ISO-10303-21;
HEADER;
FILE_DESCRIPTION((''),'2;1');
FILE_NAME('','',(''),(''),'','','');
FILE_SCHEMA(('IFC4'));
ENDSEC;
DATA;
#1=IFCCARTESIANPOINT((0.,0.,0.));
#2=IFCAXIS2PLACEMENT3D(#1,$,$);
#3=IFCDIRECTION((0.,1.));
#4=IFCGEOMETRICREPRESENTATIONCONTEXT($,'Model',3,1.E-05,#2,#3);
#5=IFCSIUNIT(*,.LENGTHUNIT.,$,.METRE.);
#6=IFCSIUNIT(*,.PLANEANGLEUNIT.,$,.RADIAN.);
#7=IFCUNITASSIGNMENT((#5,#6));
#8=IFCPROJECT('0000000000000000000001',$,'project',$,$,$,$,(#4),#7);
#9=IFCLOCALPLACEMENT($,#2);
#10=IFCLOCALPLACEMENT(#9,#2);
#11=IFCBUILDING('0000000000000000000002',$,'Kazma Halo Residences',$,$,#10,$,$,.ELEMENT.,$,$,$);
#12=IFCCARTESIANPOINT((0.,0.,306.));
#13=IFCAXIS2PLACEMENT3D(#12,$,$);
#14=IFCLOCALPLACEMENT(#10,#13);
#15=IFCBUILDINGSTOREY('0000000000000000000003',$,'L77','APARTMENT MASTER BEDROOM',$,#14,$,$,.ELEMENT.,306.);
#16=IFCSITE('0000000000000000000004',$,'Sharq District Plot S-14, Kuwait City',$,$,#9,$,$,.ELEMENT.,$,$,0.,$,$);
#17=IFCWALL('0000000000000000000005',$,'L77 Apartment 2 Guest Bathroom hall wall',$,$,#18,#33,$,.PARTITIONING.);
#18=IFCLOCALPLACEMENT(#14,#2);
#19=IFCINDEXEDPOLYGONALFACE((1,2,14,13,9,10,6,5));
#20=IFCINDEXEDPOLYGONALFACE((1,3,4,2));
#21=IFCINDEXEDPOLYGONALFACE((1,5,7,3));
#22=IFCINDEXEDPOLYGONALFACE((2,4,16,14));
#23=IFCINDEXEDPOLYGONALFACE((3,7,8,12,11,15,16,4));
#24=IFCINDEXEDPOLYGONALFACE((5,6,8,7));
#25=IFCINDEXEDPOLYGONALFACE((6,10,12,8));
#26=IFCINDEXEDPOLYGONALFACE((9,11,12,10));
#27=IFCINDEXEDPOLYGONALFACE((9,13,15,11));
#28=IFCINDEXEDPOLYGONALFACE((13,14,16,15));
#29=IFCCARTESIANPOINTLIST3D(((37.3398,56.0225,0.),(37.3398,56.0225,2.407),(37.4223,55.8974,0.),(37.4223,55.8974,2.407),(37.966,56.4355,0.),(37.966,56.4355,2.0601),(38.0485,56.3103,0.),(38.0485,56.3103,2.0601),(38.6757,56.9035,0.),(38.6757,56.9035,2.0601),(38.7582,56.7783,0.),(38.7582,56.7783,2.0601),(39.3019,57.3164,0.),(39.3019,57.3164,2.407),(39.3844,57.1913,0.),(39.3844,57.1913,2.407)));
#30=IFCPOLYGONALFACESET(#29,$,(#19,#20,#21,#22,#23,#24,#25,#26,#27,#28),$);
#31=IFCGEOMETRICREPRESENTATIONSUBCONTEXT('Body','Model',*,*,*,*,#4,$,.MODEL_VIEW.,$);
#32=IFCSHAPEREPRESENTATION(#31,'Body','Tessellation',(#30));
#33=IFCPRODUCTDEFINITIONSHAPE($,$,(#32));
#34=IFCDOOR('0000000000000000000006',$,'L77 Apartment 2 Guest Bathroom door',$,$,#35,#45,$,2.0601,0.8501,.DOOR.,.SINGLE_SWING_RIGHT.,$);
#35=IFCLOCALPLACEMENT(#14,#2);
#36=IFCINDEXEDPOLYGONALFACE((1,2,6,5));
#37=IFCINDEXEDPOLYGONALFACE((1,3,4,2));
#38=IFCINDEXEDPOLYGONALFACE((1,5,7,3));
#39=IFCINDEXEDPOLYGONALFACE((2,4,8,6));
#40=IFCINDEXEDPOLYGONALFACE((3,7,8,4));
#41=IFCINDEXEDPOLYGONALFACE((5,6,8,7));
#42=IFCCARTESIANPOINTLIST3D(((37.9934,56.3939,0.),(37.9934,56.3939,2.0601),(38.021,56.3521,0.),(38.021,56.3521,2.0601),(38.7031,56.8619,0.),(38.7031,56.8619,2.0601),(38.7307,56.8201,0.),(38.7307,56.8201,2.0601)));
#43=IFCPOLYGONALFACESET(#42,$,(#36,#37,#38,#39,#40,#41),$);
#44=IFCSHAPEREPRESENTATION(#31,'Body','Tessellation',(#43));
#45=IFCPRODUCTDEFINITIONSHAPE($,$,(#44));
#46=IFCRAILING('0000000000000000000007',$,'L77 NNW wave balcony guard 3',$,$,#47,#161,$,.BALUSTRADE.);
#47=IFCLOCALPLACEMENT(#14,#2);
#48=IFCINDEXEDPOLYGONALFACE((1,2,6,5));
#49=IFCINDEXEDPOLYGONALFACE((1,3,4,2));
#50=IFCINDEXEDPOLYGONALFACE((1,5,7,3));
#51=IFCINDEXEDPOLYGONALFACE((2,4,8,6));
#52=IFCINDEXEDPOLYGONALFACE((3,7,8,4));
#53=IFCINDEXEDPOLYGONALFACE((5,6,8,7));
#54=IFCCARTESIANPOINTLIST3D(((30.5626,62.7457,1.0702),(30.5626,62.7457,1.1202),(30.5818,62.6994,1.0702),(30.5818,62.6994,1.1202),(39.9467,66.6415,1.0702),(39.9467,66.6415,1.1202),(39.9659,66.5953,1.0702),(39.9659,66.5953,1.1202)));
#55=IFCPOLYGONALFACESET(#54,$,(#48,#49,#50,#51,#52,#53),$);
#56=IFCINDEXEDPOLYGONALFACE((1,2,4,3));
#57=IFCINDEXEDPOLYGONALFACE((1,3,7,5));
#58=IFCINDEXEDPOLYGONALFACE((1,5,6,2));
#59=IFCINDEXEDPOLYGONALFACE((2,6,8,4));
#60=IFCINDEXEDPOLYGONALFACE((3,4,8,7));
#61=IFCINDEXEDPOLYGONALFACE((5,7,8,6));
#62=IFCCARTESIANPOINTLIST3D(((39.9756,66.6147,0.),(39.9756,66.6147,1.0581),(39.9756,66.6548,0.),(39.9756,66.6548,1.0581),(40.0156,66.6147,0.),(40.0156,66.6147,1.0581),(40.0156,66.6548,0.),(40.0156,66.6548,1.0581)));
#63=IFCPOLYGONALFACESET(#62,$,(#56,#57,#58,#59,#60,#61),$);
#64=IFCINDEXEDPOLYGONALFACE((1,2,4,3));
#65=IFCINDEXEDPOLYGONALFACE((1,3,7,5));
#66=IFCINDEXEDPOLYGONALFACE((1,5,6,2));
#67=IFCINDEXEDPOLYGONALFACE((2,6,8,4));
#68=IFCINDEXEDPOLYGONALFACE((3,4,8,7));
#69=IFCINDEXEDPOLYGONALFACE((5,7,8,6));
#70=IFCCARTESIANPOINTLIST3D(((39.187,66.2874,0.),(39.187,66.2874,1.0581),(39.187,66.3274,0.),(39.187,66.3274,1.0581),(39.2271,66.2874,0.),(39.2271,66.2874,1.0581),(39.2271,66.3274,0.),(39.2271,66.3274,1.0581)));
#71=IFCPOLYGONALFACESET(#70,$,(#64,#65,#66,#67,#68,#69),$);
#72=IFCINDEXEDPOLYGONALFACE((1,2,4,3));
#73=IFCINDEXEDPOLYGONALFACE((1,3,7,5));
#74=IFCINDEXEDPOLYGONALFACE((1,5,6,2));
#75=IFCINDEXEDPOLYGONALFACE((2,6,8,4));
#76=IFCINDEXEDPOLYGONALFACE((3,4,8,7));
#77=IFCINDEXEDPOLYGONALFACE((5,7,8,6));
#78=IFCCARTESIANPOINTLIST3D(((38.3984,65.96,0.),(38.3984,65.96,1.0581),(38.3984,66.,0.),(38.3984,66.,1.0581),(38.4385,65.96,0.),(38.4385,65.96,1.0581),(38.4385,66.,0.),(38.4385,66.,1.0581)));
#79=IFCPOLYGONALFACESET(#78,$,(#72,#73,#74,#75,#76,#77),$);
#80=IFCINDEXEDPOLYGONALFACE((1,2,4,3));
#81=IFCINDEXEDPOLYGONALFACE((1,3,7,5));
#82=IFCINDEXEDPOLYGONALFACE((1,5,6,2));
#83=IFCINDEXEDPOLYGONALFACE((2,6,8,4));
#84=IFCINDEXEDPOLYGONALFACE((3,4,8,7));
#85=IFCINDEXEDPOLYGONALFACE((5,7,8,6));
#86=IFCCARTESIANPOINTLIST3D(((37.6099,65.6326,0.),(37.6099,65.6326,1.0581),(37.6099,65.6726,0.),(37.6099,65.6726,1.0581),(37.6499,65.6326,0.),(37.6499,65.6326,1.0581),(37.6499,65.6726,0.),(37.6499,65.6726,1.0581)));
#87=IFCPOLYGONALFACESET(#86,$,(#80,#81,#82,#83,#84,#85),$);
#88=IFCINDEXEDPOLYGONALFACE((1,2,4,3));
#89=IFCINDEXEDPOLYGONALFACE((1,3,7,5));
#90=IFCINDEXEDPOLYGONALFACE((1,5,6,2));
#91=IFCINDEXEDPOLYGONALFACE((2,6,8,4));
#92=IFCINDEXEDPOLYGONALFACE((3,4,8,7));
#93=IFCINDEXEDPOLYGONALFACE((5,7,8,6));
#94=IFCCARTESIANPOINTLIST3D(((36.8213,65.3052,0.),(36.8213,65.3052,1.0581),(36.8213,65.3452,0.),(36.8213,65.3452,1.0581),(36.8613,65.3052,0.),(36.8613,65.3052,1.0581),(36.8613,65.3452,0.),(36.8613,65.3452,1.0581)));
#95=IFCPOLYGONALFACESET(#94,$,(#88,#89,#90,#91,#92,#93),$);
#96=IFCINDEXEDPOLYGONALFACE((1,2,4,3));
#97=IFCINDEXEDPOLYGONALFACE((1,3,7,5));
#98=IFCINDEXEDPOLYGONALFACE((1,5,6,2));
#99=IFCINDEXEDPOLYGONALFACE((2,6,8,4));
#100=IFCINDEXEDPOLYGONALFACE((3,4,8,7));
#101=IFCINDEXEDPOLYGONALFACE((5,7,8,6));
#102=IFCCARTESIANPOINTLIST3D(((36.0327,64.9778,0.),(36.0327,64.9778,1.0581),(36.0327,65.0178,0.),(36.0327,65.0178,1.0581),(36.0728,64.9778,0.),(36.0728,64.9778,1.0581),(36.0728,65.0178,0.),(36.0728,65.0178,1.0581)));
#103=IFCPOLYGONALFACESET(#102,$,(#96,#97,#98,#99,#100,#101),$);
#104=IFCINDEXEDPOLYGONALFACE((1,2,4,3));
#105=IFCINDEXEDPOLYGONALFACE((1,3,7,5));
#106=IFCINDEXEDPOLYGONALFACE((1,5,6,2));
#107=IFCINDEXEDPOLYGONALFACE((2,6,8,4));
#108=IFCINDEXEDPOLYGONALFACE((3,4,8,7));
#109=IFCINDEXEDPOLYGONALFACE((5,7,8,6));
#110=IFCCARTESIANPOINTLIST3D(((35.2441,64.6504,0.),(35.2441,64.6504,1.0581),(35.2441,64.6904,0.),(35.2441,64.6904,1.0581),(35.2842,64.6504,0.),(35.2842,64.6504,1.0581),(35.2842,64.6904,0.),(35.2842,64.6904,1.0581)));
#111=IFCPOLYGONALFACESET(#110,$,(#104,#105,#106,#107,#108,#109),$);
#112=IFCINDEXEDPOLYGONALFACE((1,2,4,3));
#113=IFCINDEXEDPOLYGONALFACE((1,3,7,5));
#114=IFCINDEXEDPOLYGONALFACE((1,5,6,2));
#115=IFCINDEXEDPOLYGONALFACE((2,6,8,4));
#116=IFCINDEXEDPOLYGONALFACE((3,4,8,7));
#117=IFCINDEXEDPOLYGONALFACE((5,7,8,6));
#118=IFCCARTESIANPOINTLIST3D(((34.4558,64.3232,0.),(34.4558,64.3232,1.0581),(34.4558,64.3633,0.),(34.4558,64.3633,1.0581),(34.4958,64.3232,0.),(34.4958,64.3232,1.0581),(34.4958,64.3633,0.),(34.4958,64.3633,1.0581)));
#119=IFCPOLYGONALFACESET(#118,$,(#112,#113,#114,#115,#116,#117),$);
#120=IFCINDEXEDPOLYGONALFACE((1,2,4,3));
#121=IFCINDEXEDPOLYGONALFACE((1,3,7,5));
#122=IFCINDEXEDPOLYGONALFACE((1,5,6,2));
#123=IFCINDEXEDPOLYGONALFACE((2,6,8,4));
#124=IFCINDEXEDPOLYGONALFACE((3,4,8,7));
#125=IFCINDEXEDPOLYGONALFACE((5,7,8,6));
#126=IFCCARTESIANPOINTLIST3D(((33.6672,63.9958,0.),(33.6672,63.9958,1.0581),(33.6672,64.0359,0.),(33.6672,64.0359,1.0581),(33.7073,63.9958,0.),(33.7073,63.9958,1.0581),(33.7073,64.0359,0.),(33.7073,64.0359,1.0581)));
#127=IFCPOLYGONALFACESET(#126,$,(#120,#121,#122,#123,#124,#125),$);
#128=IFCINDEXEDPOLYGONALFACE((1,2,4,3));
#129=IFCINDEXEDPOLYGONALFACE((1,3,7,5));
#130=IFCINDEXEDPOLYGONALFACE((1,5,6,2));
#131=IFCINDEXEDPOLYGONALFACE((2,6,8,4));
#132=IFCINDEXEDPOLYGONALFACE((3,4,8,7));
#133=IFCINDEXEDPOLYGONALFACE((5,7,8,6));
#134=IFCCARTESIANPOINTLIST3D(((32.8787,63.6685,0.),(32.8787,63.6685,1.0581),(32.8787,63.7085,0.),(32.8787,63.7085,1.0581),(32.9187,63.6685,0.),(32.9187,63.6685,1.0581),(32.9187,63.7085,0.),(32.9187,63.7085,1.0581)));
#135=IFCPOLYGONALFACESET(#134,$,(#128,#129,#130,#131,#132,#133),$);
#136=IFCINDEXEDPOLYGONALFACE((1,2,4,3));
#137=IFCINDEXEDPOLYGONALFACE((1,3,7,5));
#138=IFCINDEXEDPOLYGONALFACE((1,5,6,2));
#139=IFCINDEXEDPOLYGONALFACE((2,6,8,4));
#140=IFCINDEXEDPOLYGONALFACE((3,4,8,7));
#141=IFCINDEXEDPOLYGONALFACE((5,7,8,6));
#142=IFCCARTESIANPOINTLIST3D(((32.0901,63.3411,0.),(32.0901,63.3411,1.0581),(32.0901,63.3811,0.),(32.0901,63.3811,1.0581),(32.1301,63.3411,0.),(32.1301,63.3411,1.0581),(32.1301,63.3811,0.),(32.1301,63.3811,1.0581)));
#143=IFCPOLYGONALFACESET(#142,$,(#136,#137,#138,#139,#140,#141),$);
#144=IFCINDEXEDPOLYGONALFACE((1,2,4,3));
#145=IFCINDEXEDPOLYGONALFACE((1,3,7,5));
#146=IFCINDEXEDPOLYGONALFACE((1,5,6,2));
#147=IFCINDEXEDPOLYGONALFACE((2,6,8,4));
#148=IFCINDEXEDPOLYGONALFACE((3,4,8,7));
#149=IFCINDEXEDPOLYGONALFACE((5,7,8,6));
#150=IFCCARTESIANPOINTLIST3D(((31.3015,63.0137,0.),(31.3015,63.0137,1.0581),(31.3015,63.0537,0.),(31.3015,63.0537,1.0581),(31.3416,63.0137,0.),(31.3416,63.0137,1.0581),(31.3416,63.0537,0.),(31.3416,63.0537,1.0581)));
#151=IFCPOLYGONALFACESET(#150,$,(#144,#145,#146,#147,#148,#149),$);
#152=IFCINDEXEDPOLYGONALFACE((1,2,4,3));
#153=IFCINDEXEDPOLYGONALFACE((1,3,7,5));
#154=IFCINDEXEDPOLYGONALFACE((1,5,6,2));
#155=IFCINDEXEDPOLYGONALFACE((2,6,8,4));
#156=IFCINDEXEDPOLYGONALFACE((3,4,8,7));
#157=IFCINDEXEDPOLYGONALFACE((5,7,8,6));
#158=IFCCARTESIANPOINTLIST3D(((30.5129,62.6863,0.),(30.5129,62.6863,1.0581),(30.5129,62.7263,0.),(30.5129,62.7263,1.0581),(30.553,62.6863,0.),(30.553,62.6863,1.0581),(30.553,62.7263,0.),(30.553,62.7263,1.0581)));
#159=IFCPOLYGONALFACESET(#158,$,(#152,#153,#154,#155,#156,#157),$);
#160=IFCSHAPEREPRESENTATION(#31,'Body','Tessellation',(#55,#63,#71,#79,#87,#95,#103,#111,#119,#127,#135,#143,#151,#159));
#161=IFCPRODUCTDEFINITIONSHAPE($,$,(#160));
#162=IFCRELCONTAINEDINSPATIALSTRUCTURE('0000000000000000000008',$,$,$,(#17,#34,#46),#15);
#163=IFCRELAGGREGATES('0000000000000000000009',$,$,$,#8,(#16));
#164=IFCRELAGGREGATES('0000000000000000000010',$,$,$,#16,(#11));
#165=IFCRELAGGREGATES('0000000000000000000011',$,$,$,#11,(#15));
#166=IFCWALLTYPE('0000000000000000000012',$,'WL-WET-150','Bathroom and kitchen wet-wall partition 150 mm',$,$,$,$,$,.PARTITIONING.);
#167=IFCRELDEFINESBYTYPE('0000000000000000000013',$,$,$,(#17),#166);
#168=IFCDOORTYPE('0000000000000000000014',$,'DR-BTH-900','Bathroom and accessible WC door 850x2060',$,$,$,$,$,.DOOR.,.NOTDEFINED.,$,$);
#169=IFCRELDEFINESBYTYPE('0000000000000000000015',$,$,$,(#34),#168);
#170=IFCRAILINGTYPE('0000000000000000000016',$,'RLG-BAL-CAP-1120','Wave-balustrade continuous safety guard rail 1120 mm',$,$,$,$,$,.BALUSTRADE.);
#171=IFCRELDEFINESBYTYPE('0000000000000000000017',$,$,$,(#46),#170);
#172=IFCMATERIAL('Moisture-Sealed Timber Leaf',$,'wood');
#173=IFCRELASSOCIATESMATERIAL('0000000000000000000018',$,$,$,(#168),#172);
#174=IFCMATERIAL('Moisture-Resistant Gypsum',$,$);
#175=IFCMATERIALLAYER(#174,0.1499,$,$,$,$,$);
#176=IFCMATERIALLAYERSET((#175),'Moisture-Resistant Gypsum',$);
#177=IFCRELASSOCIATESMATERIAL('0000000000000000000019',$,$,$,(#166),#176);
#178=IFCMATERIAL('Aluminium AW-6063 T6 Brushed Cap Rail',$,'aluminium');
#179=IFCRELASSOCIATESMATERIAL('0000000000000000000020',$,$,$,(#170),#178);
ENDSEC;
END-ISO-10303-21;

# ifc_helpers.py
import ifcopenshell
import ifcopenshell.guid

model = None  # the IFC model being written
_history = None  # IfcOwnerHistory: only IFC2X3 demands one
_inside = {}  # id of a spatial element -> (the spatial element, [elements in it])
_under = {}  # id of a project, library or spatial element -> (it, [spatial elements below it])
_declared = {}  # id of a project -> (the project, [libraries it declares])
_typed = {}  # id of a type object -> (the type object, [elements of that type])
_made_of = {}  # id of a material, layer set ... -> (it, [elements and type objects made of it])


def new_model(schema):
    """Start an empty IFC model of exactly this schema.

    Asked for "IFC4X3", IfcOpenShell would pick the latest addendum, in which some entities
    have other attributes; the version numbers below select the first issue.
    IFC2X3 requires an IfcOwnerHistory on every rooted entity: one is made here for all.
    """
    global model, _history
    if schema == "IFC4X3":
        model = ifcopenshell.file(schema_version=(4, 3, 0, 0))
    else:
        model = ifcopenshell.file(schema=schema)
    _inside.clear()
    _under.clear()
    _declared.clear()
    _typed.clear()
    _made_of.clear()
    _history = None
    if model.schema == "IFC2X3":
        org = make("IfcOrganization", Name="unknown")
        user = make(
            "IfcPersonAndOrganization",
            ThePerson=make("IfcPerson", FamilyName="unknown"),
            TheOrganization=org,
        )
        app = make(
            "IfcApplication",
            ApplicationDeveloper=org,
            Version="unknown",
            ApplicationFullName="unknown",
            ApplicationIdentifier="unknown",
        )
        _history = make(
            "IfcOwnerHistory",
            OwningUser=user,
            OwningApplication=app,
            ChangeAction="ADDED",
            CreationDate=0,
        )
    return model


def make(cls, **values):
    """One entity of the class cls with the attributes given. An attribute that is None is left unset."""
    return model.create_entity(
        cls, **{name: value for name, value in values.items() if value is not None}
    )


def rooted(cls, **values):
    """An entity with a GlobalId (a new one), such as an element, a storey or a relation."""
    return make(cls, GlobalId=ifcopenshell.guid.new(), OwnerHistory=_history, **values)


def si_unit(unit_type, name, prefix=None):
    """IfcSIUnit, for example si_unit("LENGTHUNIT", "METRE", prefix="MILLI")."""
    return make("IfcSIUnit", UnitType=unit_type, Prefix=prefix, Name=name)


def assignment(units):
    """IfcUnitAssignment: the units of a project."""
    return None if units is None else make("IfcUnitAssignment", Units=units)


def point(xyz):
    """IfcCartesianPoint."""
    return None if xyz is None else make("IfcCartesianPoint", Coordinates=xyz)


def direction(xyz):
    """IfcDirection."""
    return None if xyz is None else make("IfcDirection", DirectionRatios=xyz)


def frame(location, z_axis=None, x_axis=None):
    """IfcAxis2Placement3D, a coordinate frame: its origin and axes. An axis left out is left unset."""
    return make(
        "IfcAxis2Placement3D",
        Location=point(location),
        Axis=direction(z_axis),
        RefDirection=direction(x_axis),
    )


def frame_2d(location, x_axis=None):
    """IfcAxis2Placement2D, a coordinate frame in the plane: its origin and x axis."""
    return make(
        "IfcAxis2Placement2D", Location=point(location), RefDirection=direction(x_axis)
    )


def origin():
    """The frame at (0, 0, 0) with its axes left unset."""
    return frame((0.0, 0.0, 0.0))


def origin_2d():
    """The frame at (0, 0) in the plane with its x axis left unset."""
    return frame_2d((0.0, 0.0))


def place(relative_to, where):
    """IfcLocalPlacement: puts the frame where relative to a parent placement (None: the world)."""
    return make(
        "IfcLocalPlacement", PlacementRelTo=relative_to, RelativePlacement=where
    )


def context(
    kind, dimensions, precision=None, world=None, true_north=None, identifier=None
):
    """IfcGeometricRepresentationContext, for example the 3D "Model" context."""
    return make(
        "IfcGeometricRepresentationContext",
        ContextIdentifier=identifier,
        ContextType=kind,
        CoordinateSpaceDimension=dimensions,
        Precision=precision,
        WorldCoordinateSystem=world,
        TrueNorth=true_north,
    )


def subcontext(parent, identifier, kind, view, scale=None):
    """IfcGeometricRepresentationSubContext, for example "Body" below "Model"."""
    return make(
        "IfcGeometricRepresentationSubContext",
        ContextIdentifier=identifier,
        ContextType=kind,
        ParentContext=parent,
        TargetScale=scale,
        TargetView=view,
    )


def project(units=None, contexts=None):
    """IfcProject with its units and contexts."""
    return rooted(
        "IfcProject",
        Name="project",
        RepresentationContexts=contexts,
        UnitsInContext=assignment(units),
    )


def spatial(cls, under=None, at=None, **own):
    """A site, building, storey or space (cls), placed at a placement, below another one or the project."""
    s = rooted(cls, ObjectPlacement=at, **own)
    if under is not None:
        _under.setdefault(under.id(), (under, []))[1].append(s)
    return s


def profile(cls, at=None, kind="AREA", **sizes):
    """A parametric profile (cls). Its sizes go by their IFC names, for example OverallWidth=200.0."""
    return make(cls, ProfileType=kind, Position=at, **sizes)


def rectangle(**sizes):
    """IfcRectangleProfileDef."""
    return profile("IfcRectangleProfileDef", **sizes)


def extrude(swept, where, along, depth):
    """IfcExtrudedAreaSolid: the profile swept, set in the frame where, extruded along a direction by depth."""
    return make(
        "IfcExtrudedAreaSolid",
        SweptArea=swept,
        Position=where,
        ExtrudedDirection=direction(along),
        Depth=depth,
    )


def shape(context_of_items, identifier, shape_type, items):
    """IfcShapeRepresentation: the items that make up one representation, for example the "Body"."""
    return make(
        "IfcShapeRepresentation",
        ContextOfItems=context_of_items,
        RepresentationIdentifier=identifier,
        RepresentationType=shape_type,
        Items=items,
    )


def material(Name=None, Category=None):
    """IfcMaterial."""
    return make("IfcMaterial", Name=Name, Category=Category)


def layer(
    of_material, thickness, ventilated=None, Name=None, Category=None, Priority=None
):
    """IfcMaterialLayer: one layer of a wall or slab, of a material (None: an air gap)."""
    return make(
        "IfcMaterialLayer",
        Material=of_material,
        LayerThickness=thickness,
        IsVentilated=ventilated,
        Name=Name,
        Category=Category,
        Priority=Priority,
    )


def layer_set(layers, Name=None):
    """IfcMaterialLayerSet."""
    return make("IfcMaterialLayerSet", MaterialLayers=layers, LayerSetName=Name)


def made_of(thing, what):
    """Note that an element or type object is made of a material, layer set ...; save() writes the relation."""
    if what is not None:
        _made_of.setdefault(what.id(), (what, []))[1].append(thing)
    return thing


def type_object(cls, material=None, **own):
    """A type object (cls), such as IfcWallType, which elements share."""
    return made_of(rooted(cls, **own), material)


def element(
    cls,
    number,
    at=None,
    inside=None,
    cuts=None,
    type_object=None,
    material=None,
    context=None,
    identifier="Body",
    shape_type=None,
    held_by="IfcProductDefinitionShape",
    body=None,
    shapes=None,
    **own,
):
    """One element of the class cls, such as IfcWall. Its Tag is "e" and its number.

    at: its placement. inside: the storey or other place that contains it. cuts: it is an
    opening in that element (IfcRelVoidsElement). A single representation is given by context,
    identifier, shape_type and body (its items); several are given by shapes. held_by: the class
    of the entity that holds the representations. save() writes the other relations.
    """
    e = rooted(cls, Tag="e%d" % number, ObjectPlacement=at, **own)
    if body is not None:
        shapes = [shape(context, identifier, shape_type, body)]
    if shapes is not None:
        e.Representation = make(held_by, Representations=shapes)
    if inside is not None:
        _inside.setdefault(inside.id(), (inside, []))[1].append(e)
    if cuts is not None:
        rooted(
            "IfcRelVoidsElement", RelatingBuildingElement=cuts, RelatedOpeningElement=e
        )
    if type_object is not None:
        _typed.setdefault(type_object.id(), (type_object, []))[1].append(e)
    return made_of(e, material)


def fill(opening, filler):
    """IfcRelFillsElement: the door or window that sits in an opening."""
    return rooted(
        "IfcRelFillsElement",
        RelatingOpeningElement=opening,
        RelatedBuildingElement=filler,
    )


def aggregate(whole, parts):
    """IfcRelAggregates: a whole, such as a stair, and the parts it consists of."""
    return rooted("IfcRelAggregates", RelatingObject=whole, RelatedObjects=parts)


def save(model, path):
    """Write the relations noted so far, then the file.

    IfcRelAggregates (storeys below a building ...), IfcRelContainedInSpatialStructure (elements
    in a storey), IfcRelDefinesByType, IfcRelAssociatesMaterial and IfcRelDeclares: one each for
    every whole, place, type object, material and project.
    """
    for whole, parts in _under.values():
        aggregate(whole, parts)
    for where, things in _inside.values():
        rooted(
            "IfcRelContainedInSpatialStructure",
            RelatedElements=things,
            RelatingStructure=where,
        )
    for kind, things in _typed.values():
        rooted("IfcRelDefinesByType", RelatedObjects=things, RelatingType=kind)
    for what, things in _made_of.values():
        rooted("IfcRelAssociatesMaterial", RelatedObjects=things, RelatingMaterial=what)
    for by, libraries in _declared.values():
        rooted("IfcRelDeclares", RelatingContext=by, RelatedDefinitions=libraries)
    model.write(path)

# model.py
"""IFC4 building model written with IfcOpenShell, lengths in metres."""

from ifc_helpers import new_model, si_unit, direction, frame, frame_2d, origin, origin_2d, place, context, subcontext, project, spatial, rectangle, extrude, material, layer, layer_set, type_object, element, fill, save


model = new_model("IFC4")

# Units and contexts
model_context = context("Model", 3, precision=1e-05, world=origin(), true_north=direction((0.0, 1.0)))
body_context = subcontext(model_context, "Body", "Model", "MODEL_VIEW")
ifc_project = project(units=[si_unit("LENGTHUNIT", "METRE"), si_unit("PLANEANGLEUNIT", "RADIAN")], contexts=[model_context])

# Site, building, storey
site_placement = place(None, origin())
site = spatial("IfcSite", under=ifc_project, at=site_placement, Name="Sharq District Plot S-14, Kuwait City", CompositionType="ELEMENT", RefElevation=0.0)
building_placement = place(site_placement, origin())
building = spatial("IfcBuilding", under=site, at=building_placement, Name="Kazma Halo Residences", CompositionType="ELEMENT")
storey_placement = place(building_placement, frame((0.0, 0.0, 306.0)))
storey = spatial("IfcBuildingStorey", under=building, at=storey_placement, Name="L77", Description="APARTMENT MASTER BEDROOM", CompositionType="ELEMENT", Elevation=306.0)

# Wall, opening, door
ifc_material_1 = material(Name="Moisture-Sealed Timber Leaf", Category="wood")
door_type_1 = type_object("IfcDoorType", Name="DR-BTH-900", Description="Bathroom and accessible WC door 850x2060", OperationType="NOTDEFINED", PredefinedType="DOOR", material=ifc_material_1)
ifc_material_2 = material(Name="Moisture-Resistant Gypsum")
ifc_layer_1 = layer(ifc_material_2, 0.1499)
ifc_layer_set_1 = layer_set([ifc_layer_1], Name="Moisture-Resistant Gypsum")
wall_type_1 = type_object("IfcWallType", Name="WL-WET-150", Description="Bathroom and kitchen wet-wall partition 150 mm", PredefinedType="PARTITIONING", material=ifc_layer_set_1)
wall_1_placement = place(storey_placement, frame((39.3433, 57.2539, 0.0), z_axis=(0.0, 0.0, 1.0), x_axis=(-0.83482, -0.550522, 0.0)))
wall_1 = element("IfcWall", 1, at=wall_1_placement, inside=storey, type_object=wall_type_1, Name="L77 Apartment 2 Guest Bathroom hall wall", PredefinedType="PARTITIONING", context=body_context, shape_type="SweptSolid", body=[
    extrude(rectangle(XDim=2.3503, YDim=0.1499, at=frame_2d((1.1753, 0.0))), origin(), (0.0, 0.0, 1.0), 2.407),
])
opening_1_placement = place(wall_1_placement, frame((0.7502, 0.0, 0.0)))
opening_1 = element("IfcOpeningElement", 2, at=opening_1_placement, cuts=wall_1, PredefinedType="OPENING", context=body_context, shape_type="SweptSolid", body=[
    extrude(rectangle(XDim=0.8501, YDim=2.0601, at=frame_2d((0.425, 1.03))), frame((0.0, 0.085, 0.0), z_axis=(0.0, -1.0, 0.0), x_axis=(1.0, 0.0, 0.0)), (0.0, 0.0, 1.0), 0.1699),
])
door_1_placement = place(opening_1_placement, origin())
door_1 = element("IfcDoor", 3, at=door_1_placement, inside=storey, type_object=door_type_1, Name="L77 Apartment 2 Guest Bathroom door", OperationType="SINGLE_SWING_RIGHT", OverallHeight=2.0601, OverallWidth=0.8501, PredefinedType="DOOR", context=body_context, shape_type="SweptSolid", body=[
    extrude(rectangle(XDim=0.8501, YDim=2.0601, at=frame_2d((0.425, 1.03))), frame((0.0, 0.0249, 0.0), z_axis=(0.0, -1.0, 0.0), x_axis=(1.0, 0.0, 0.0)), (0.0, 0.0, 1.0), 0.05),
])
fill(opening_1, door_1)

# Railing
ifc_material_3 = material(Name="Aluminium AW-6063 T6 Brushed Cap Rail", Category="aluminium")
railing_type = type_object("IfcRailingType", Name="RLG-BAL-CAP-1120", Description="Wave-balustrade continuous safety guard rail 1120 mm", PredefinedType="BALUSTRADE", material=ifc_material_3)
railing_placement = place(storey_placement, frame((39.9956, 66.6348, 0.0)))
element("IfcRailing", 4, at=railing_placement, inside=storey, type_object=railing_type, Name="L77 NNW wave balcony guard 3", PredefinedType="BALUSTRADE", context=body_context, shape_type="SweptSolid", body=[
    extrude(rectangle(XDim=0.05, YDim=0.05, at=origin_2d()), frame((-0.0393, -0.0164, 1.0952), z_axis=(-0.923572, -0.383426, 0.0), x_axis=(0.383426, -0.923572, 0.0)), (0.0, 0.0, 1.0), 10.1606),
    extrude(rectangle(XDim=0.04, YDim=0.04, at=origin_2d()), origin(), (0.0, 0.0, 1.0), 1.0581),
    extrude(rectangle(XDim=0.04, YDim=0.04, at=origin_2d()), frame((-0.7886, -0.3274, 0.0)), (0.0, 0.0, 1.0), 1.0581),
    extrude(rectangle(XDim=0.04, YDim=0.04, at=origin_2d()), frame((-1.5771, -0.6548, 0.0)), (0.0, 0.0, 1.0), 1.0581),
    extrude(rectangle(XDim=0.04, YDim=0.04, at=origin_2d()), frame((-2.3657, -0.9822, 0.0)), (0.0, 0.0, 1.0), 1.0581),
    extrude(rectangle(XDim=0.04, YDim=0.04, at=origin_2d()), frame((-3.1543, -1.3096, 0.0)), (0.0, 0.0, 1.0), 1.0581),
    extrude(rectangle(XDim=0.04, YDim=0.04, at=origin_2d()), frame((-3.9429, -1.637, 0.0)), (0.0, 0.0, 1.0), 1.0581),
    extrude(rectangle(XDim=0.04, YDim=0.04, at=origin_2d()), frame((-4.7314, -1.9644, 0.0)), (0.0, 0.0, 1.0), 1.0581),
    extrude(rectangle(XDim=0.04, YDim=0.04, at=origin_2d()), frame((-5.5198, -2.2915, 0.0)), (0.0, 0.0, 1.0), 1.0581),
    extrude(rectangle(XDim=0.04, YDim=0.04, at=origin_2d()), frame((-6.3083, -2.6189, 0.0)), (0.0, 0.0, 1.0), 1.0581),
    extrude(rectangle(XDim=0.04, YDim=0.04, at=origin_2d()), frame((-7.0969, -2.9463, 0.0)), (0.0, 0.0, 1.0), 1.0581),
    extrude(rectangle(XDim=0.04, YDim=0.04, at=origin_2d()), frame((-7.8855, -3.2737, 0.0)), (0.0, 0.0, 1.0), 1.0581),
    extrude(rectangle(XDim=0.04, YDim=0.04, at=origin_2d()), frame((-8.6741, -3.6011, 0.0)), (0.0, 0.0, 1.0), 1.0581),
    extrude(rectangle(XDim=0.04, YDim=0.04, at=origin_2d()), frame((-9.4626, -3.9285, 0.0)), (0.0, 0.0, 1.0), 1.0581),
])

save(model, "model.ifc")
